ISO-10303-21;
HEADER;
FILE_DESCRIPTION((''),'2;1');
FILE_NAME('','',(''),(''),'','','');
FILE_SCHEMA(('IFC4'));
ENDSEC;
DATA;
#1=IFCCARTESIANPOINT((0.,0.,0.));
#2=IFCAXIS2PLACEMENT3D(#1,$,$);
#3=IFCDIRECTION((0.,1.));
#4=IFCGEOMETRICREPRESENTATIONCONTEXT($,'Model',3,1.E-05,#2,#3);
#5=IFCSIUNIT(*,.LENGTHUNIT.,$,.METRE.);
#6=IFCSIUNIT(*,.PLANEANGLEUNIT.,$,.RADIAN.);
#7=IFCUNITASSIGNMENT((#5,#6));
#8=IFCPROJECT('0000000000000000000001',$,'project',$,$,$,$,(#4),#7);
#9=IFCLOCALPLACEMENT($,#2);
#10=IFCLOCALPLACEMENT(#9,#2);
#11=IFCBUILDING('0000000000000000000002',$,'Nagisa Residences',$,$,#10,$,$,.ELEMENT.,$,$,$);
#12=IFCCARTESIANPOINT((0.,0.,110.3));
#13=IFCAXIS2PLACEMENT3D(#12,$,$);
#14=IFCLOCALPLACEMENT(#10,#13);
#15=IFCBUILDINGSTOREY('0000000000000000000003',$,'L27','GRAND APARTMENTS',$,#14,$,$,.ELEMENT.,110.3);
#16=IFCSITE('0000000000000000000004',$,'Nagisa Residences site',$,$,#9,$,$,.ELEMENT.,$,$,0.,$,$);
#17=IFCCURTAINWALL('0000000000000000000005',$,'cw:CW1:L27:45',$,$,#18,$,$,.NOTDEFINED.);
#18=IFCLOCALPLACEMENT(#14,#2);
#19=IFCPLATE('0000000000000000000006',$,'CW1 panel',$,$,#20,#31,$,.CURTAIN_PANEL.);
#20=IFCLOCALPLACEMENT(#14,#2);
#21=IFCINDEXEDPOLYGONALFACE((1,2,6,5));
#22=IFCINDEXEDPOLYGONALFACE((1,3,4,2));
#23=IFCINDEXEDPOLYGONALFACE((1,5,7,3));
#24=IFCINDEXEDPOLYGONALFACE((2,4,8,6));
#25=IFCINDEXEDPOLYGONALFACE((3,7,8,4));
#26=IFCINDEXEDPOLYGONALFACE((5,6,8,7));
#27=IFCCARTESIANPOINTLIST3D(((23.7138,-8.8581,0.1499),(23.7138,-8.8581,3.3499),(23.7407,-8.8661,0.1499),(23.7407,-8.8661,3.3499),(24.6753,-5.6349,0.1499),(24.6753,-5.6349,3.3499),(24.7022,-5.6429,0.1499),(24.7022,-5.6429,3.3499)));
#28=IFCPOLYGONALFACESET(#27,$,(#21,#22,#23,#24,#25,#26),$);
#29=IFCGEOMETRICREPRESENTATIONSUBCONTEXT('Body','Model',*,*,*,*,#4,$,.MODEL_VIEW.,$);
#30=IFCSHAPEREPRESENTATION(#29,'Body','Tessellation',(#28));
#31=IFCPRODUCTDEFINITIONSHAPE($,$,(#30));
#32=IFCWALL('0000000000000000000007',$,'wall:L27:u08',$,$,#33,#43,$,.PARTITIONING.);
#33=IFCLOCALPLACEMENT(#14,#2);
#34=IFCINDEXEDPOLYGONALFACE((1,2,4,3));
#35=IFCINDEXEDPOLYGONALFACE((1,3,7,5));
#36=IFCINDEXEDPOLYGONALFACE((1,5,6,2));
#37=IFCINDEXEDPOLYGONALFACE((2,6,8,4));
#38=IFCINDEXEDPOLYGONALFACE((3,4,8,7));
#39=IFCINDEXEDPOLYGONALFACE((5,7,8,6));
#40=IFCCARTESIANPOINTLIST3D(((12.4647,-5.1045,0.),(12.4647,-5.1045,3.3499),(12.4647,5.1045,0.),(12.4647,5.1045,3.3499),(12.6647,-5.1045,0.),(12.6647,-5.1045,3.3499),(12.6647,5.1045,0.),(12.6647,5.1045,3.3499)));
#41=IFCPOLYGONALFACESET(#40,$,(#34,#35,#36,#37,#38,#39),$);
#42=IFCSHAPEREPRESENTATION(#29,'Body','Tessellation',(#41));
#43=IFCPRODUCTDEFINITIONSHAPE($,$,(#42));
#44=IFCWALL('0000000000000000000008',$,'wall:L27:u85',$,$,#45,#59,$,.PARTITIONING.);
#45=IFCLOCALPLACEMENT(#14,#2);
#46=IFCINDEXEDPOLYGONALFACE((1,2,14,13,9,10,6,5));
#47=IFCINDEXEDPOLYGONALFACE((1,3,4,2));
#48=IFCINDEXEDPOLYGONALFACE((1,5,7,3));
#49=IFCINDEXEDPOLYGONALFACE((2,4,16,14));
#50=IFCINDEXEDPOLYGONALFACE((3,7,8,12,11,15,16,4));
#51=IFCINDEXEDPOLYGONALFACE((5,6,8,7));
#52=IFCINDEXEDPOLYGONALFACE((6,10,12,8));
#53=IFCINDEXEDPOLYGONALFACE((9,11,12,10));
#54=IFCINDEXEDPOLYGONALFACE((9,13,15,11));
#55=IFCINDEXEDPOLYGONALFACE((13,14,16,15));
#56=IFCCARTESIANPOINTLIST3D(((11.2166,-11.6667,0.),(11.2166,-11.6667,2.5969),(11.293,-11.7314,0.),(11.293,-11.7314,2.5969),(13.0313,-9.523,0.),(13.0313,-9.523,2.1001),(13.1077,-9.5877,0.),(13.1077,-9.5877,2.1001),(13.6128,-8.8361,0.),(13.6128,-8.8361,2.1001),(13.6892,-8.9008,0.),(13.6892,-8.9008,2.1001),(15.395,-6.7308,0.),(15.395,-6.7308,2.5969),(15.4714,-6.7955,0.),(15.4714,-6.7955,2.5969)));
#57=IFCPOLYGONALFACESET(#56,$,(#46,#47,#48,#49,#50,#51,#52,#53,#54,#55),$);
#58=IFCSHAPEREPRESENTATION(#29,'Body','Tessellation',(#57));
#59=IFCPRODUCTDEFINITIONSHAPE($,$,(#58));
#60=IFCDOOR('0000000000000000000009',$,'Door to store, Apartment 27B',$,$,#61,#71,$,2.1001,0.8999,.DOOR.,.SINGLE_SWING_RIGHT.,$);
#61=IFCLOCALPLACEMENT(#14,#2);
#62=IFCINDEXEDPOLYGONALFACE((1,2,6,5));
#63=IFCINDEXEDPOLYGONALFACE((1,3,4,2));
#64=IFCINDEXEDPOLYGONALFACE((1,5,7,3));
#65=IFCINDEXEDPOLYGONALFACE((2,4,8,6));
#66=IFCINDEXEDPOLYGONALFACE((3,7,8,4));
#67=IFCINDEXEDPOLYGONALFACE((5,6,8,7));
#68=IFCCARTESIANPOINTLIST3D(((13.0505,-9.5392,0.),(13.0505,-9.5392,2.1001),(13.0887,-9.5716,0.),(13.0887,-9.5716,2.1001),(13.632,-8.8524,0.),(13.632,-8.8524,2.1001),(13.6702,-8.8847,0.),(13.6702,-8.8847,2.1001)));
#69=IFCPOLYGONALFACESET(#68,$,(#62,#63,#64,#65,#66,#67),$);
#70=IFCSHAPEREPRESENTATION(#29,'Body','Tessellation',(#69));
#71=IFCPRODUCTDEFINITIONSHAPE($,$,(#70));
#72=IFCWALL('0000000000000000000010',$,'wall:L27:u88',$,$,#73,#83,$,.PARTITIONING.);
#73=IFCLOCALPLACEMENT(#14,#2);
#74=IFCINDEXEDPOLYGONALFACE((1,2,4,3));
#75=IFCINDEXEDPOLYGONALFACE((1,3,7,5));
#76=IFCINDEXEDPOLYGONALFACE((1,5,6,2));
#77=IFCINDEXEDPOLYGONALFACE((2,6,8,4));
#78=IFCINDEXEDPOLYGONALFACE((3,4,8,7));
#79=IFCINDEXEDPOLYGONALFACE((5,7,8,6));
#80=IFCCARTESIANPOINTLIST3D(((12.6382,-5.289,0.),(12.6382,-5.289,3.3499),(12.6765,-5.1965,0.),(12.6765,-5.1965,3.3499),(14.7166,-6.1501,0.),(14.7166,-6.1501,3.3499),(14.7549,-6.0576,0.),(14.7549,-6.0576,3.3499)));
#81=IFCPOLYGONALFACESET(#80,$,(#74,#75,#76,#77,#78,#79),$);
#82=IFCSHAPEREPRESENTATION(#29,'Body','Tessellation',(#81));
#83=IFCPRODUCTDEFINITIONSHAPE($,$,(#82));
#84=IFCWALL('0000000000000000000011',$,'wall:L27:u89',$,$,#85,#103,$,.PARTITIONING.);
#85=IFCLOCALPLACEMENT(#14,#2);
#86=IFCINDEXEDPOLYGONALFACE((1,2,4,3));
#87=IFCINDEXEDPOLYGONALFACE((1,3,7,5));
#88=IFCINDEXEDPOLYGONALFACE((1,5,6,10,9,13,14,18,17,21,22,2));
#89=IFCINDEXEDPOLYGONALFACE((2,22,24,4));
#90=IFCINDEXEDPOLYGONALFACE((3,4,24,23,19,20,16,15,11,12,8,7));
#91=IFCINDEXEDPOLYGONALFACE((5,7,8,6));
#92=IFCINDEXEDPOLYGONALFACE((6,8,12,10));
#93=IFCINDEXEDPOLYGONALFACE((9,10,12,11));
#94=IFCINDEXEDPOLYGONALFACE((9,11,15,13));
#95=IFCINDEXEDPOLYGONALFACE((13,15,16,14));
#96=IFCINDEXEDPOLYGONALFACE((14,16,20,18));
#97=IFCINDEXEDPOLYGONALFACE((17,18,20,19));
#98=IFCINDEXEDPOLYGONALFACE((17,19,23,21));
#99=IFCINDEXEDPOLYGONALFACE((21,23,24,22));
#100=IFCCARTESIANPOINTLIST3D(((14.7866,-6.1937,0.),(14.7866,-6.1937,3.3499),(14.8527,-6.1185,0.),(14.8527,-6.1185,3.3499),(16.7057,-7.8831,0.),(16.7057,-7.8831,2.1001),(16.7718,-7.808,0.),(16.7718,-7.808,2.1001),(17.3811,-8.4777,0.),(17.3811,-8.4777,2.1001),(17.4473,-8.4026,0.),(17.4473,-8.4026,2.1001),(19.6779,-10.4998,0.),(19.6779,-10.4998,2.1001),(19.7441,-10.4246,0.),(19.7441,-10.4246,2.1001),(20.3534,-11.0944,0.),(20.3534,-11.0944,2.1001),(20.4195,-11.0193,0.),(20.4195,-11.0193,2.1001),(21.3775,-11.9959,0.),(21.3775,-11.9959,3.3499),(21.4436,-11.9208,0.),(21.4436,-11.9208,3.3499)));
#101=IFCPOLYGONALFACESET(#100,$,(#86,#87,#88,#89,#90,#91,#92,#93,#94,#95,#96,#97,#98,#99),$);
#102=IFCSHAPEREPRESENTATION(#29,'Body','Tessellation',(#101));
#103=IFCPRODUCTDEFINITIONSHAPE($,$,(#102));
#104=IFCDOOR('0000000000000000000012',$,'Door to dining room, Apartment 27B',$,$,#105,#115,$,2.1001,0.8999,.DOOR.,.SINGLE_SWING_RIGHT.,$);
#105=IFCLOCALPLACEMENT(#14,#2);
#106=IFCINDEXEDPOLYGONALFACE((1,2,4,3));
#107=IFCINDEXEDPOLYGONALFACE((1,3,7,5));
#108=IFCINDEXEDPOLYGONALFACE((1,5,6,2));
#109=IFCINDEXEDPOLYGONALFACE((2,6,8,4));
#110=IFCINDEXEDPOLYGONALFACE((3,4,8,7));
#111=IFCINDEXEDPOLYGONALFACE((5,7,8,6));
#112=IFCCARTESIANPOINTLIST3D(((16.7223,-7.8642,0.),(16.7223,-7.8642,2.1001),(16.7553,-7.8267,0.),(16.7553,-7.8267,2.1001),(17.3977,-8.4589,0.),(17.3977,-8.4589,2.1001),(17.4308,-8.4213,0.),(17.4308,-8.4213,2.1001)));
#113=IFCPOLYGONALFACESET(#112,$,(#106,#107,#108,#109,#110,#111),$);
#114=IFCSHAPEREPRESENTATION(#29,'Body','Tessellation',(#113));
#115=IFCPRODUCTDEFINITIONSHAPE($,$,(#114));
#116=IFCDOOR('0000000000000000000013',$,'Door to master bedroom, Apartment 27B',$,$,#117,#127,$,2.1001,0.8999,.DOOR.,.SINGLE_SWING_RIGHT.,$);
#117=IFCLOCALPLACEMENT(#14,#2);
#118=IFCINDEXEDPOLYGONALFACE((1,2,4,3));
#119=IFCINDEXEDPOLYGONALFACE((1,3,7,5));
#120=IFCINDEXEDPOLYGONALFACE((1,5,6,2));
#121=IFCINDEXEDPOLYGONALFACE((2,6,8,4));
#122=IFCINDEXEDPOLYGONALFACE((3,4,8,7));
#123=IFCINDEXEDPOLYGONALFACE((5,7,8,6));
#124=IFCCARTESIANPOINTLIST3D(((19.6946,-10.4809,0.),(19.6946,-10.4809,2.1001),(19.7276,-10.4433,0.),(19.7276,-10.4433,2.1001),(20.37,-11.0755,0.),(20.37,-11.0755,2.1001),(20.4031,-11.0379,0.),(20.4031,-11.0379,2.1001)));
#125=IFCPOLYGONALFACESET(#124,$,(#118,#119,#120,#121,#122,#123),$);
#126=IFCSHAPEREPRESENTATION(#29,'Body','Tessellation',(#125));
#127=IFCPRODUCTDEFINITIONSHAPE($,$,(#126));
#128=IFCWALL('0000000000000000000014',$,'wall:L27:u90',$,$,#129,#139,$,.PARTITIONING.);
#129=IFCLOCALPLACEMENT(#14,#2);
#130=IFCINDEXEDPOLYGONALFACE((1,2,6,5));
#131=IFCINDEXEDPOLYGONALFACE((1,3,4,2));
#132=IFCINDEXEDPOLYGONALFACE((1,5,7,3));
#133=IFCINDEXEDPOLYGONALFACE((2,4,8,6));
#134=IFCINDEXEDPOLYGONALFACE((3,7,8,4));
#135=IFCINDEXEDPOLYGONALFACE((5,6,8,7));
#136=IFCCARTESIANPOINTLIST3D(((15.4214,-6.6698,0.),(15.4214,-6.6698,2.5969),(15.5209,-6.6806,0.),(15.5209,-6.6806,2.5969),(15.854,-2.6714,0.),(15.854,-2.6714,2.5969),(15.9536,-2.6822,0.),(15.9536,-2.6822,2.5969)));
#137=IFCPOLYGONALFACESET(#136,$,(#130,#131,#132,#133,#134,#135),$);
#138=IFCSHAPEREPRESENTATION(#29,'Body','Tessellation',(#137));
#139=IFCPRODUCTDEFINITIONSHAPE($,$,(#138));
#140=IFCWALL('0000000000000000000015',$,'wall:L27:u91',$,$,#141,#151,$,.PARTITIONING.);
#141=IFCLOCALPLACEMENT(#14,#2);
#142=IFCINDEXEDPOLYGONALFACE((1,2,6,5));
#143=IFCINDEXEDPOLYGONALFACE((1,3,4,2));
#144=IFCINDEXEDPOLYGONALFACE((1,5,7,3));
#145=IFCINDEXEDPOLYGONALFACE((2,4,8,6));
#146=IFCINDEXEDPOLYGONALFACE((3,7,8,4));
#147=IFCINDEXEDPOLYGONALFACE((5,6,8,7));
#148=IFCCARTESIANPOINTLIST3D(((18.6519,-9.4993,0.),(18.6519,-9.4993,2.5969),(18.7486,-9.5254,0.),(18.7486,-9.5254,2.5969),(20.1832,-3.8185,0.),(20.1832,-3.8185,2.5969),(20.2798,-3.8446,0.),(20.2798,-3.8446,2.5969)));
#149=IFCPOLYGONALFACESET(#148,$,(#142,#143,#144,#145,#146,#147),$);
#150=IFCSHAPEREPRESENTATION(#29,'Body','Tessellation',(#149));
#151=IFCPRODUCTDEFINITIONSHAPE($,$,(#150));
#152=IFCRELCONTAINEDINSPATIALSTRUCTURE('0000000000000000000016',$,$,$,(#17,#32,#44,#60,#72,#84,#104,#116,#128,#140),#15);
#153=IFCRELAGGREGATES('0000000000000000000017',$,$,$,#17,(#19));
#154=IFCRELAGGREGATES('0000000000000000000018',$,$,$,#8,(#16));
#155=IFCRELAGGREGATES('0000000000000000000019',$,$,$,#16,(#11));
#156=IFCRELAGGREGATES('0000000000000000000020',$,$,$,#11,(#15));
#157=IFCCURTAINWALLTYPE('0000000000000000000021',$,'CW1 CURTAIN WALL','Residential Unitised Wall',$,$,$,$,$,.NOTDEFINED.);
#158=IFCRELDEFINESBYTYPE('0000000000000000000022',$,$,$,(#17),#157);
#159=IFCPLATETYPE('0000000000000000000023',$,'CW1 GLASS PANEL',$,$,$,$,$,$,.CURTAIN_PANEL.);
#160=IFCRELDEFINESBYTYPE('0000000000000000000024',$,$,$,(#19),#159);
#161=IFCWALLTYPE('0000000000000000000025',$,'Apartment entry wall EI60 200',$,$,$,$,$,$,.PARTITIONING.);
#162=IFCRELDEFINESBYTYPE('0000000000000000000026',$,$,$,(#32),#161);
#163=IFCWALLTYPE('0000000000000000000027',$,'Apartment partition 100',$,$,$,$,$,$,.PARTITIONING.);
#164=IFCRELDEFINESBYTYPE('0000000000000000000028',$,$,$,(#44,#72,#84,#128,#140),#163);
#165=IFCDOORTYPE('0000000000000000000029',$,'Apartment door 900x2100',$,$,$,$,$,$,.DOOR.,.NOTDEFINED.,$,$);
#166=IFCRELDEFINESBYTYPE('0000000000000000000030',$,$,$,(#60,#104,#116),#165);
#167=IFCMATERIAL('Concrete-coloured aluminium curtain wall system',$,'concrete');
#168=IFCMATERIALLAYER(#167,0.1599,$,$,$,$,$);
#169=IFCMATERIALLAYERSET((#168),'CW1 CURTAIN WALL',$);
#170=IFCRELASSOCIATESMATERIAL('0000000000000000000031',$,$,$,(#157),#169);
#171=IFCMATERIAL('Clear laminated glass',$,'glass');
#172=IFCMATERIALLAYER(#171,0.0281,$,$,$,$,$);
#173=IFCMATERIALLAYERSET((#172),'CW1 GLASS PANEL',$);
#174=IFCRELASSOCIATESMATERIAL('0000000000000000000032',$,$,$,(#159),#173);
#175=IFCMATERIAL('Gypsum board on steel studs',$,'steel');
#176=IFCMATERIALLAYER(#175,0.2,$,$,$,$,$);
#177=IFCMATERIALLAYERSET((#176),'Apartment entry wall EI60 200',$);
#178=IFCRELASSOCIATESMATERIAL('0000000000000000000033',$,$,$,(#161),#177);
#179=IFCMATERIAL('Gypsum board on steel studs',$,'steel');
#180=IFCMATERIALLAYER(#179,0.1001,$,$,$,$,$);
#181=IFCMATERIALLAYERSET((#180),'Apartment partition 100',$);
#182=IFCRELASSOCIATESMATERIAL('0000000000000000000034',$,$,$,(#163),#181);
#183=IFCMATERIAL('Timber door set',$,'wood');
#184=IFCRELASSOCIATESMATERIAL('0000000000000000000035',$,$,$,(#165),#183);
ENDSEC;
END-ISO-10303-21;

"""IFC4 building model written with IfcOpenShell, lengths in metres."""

from ifc_helpers import new_model, si_unit, direction, frame, frame_2d, origin, origin_2d, place, context, subcontext, project, spatial, rectangle, extrude, material, layer, layer_set, type_object, element, fill, aggregate, save


model = new_model("IFC4")

# Units and contexts
model_context = context("Model", 3, precision=1e-05, world=origin(), true_north=direction((0.0, 1.0)))
body_context = subcontext(model_context, "Body", "Model", "MODEL_VIEW")
ifc_project = project(units=[si_unit("LENGTHUNIT", "METRE"), si_unit("PLANEANGLEUNIT", "RADIAN")], contexts=[model_context])

# Site, building, storey
site_placement = place(None, origin())
site = spatial("IfcSite", under=ifc_project, at=site_placement, Name="Nagisa Residences site", CompositionType="ELEMENT", RefElevation=0.0)
building_placement = place(site_placement, origin())
building = spatial("IfcBuilding", under=site, at=building_placement, Name="Nagisa Residences", CompositionType="ELEMENT")
storey_placement = place(building_placement, frame((0.0, 0.0, 110.3)))
storey = spatial("IfcBuildingStorey", under=building, at=storey_placement, Name="L27", Description="GRAND APARTMENTS", CompositionType="ELEMENT", Elevation=110.3)

# Curtain wall
ifc_material_1 = material(Name="Concrete-coloured aluminium curtain wall system", Category="concrete")
ifc_layer_1 = layer(ifc_material_1, 0.1599)
ifc_layer_set_1 = layer_set([ifc_layer_1], Name="CW1 CURTAIN WALL")
curtain_wall_type = type_object("IfcCurtainWallType", Name="CW1 CURTAIN WALL", Description="Residential Unitised Wall", PredefinedType="NOTDEFINED", material=ifc_layer_set_1)
curtain_wall_1_placement = place(storey_placement, origin())
curtain_wall_1 = element("IfcCurtainWall", 1, at=curtain_wall_1_placement, inside=storey, type_object=curtain_wall_type, Name="cw:CW1:L27:45", PredefinedType="NOTDEFINED")

# Shared definitions
ifc_material_2 = material(Name="Clear laminated glass", Category="glass")
ifc_layer_2 = layer(ifc_material_2, 0.0281)
ifc_layer_set_2 = layer_set([ifc_layer_2], Name="CW1 GLASS PANEL")
plate_type = type_object("IfcPlateType", Name="CW1 GLASS PANEL", PredefinedType="CURTAIN_PANEL", material=ifc_layer_set_2)

# Plate
plate_1_placement = place(storey_placement, frame((24.208, -7.2505, 0.1499), z_axis=(0.0, 0.0, 1.0), x_axis=(0.28586, 0.958271, 0.0)))
plate_1 = element("IfcPlate", 2, at=plate_1_placement, type_object=plate_type, Name="CW1 panel", PredefinedType="CURTAIN_PANEL", context=body_context, shape_type="SweptSolid", body=[
    extrude(rectangle(XDim=3.3635, YDim=0.0281, at=origin_2d()), origin(), (0.0, 0.0, 1.0), 3.2),
])
aggregate(curtain_wall_1, [plate_1])

# Wall
ifc_material_3 = material(Name="Gypsum board on steel studs", Category="steel")
ifc_layer_3 = layer(ifc_material_3, 0.2)
ifc_layer_set_3 = layer_set([ifc_layer_3], Name="Apartment entry wall EI60 200")
wall_type_1 = type_object("IfcWallType", Name="Apartment entry wall EI60 200", PredefinedType="PARTITIONING", material=ifc_layer_set_3)
wall_1_placement = place(storey_placement, frame((12.5647, -5.1045, 0.0), z_axis=(0.0, 0.0, 1.0), x_axis=(0.0, 1.0, 0.0)))
element("IfcWall", 3, at=wall_1_placement, inside=storey, type_object=wall_type_1, Name="wall:L27:u08", PredefinedType="PARTITIONING", context=body_context, shape_type="SweptSolid", body=[
    extrude(rectangle(XDim=10.209, YDim=0.2, at=frame_2d((5.1045, 0.0))), origin(), (0.0, 0.0, 1.0), 3.3499),
])

# Wall, opening, door
ifc_material_4 = material(Name="Gypsum board on steel studs", Category="steel")
ifc_layer_4 = layer(ifc_material_4, 0.1001)
ifc_layer_set_4 = layer_set([ifc_layer_4], Name="Apartment partition 100")
wall_type_2 = type_object("IfcWallType", Name="Apartment partition 100", PredefinedType="PARTITIONING", material=ifc_layer_set_4)
wall_2_placement = place(storey_placement, frame((11.2549, -11.699, 0.0), z_axis=(0.0, 0.0, 1.0), x_axis=(0.646106, 0.763247, 0.0)))
wall_2 = element("IfcWall", 4, at=wall_2_placement, inside=storey, type_object=wall_type_2, Name="wall:L27:u85", PredefinedType="PARTITIONING", context=body_context, shape_type="SweptSolid", body=[
    extrude(rectangle(XDim=6.467, YDim=0.1001, at=frame_2d((3.2334, 0.0))), origin(), (0.0, 0.0, 1.0), 2.5969),
])
opening_1_placement = place(wall_2_placement, frame((2.8086, 0.0, 0.0)))
opening_1 = element("IfcOpeningElement", 5, at=opening_1_placement, cuts=wall_2, PredefinedType="OPENING", context=body_context, shape_type="SweptSolid", body=[
    extrude(rectangle(XDim=0.8999, YDim=2.1001, at=frame_2d((0.45, 1.05))), frame((0.0, 0.0601, 0.0), z_axis=(0.0, -1.0, 0.0), x_axis=(1.0, 0.0, 0.0)), (0.0, 0.0, 1.0), 0.1201),
])
ifc_material_5 = material(Name="Timber door set", Category="wood")
door_type_1 = type_object("IfcDoorType", Name="Apartment door 900x2100", OperationType="NOTDEFINED", PredefinedType="DOOR", material=ifc_material_5)
door_1_placement = place(opening_1_placement, origin())
door_1 = element("IfcDoor", 6, at=door_1_placement, inside=storey, type_object=door_type_1, Name="Door to store, Apartment 27B", OperationType="SINGLE_SWING_RIGHT", OverallHeight=2.1001, OverallWidth=0.8999, PredefinedType="DOOR", context=body_context, shape_type="SweptSolid", body=[
    extrude(rectangle(XDim=0.8999, YDim=2.1001, at=frame_2d((0.45, 1.05))), frame((0.0, 0.0249, 0.0), z_axis=(0.0, -1.0, 0.0), x_axis=(1.0, 0.0, 0.0)), (0.0, 0.0, 1.0), 0.05),
])
fill(opening_1, door_1)

# Wall
wall_3_placement = place(storey_placement, frame((12.6572, -5.2427, 0.0), z_axis=(0.0, 0.0, 1.0), x_axis=(0.923849, -0.382758, 0.0)))
element("IfcWall", 7, at=wall_3_placement, inside=storey, type_object=wall_type_2, Name="wall:L27:u88", PredefinedType="PARTITIONING", context=body_context, shape_type="SweptSolid", body=[
    extrude(rectangle(XDim=2.2498, YDim=0.1001, at=frame_2d((1.125, 0.0))), origin(), (0.0, 0.0, 1.0), 3.3499),
])

# Wall, openings, doors
wall_4_placement = place(storey_placement, frame((14.8196, -6.156, 0.0), z_axis=(0.0, 0.0, 1.0), x_axis=(0.750582, -0.660777, 0.0)))
wall_4 = element("IfcWall", 8, at=wall_4_placement, inside=storey, type_object=wall_type_2, Name="wall:L27:u89", PredefinedType="PARTITIONING", context=body_context, shape_type="SweptSolid", body=[
    extrude(rectangle(XDim=8.781, YDim=0.1001, at=frame_2d((4.3906, 0.0))), origin(), (0.0, 0.0, 1.0), 3.3499),
])
opening_2_placement = place(wall_4_placement, frame((2.5569, 0.0, 0.0)))
opening_2 = element("IfcOpeningElement", 9, at=opening_2_placement, cuts=wall_4, PredefinedType="OPENING", context=body_context, shape_type="SweptSolid", body=[
    extrude(rectangle(XDim=0.8999, YDim=2.1001, at=frame_2d((0.45, 1.05))), frame((0.0, 0.0601, 0.0), z_axis=(0.0, -1.0, 0.0), x_axis=(1.0, 0.0, 0.0)), (0.0, 0.0, 1.0), 0.1201),
])
opening_3_placement = place(wall_4_placement, frame((6.5168, 0.0, 0.0)))
opening_3 = element("IfcOpeningElement", 10, at=opening_3_placement, cuts=wall_4, PredefinedType="OPENING", context=body_context, shape_type="SweptSolid", body=[
    extrude(rectangle(XDim=0.8999, YDim=2.1001, at=frame_2d((0.45, 1.05))), frame((0.0, 0.0601, 0.0), z_axis=(0.0, -1.0, 0.0), x_axis=(1.0, 0.0, 0.0)), (0.0, 0.0, 1.0), 0.1201),
])
door_2_placement = place(opening_2_placement, frame((0.8999, 0.0, 0.0), x_axis=(-1.0, 0.0, 0.0)))
door_2 = element("IfcDoor", 11, at=door_2_placement, inside=storey, type_object=door_type_1, Name="Door to dining room, Apartment 27B", OperationType="SINGLE_SWING_RIGHT", OverallHeight=2.1001, OverallWidth=0.8999, PredefinedType="DOOR", context=body_context, shape_type="SweptSolid", body=[
    extrude(rectangle(XDim=0.8999, YDim=2.1001, at=frame_2d((0.45, 1.05))), frame((0.0, 0.0249, 0.0), z_axis=(0.0, -1.0, 0.0), x_axis=(1.0, 0.0, 0.0)), (0.0, 0.0, 1.0), 0.05),
])
fill(opening_2, door_2)
door_3_placement = place(opening_3_placement, frame((0.8999, 0.0, 0.0), x_axis=(-1.0, 0.0, 0.0)))
door_3 = element("IfcDoor", 12, at=door_3_placement, inside=storey, type_object=door_type_1, Name="Door to master bedroom, Apartment 27B", OperationType="SINGLE_SWING_RIGHT", OverallHeight=2.1001, OverallWidth=0.8999, PredefinedType="DOOR", context=body_context, shape_type="SweptSolid", body=[
    extrude(rectangle(XDim=0.8999, YDim=2.1001, at=frame_2d((0.45, 1.05))), frame((0.0, 0.0249, 0.0), z_axis=(0.0, -1.0, 0.0), x_axis=(1.0, 0.0, 0.0)), (0.0, 0.0, 1.0), 0.05),
])
fill(opening_3, door_3)

# Walls
wall_5_placement = place(storey_placement, frame((15.4712, -6.675, 0.0), z_axis=(0.0, 0.0, 1.0), x_axis=(0.107573, 0.994197, 0.0)))
element("IfcWall", 13, at=wall_5_placement, inside=storey, type_object=wall_type_2, Name="wall:L27:u90", PredefinedType="PARTITIONING", context=body_context, shape_type="SweptSolid", body=[
    extrude(rectangle(XDim=4.0217, YDim=0.1001, at=frame_2d((2.0107, 0.0))), origin(), (0.0, 0.0, 1.0), 2.5969),
])
wall_6_placement = place(storey_placement, frame((18.7002, -9.5125, 0.0), z_axis=(0.0, 0.0, 1.0), x_axis=(0.260265, 0.965537, 0.0)))
element("IfcWall", 14, at=wall_6_placement, inside=storey, type_object=wall_type_2, Name="wall:L27:u91", PredefinedType="PARTITIONING", context=body_context, shape_type="SweptSolid", body=[
    extrude(rectangle(XDim=5.8835, YDim=0.1001, at=frame_2d((2.9419, 0.0))), origin(), (0.0, 0.0, 1.0), 2.5969),
])

save(model, "model.ifc")
